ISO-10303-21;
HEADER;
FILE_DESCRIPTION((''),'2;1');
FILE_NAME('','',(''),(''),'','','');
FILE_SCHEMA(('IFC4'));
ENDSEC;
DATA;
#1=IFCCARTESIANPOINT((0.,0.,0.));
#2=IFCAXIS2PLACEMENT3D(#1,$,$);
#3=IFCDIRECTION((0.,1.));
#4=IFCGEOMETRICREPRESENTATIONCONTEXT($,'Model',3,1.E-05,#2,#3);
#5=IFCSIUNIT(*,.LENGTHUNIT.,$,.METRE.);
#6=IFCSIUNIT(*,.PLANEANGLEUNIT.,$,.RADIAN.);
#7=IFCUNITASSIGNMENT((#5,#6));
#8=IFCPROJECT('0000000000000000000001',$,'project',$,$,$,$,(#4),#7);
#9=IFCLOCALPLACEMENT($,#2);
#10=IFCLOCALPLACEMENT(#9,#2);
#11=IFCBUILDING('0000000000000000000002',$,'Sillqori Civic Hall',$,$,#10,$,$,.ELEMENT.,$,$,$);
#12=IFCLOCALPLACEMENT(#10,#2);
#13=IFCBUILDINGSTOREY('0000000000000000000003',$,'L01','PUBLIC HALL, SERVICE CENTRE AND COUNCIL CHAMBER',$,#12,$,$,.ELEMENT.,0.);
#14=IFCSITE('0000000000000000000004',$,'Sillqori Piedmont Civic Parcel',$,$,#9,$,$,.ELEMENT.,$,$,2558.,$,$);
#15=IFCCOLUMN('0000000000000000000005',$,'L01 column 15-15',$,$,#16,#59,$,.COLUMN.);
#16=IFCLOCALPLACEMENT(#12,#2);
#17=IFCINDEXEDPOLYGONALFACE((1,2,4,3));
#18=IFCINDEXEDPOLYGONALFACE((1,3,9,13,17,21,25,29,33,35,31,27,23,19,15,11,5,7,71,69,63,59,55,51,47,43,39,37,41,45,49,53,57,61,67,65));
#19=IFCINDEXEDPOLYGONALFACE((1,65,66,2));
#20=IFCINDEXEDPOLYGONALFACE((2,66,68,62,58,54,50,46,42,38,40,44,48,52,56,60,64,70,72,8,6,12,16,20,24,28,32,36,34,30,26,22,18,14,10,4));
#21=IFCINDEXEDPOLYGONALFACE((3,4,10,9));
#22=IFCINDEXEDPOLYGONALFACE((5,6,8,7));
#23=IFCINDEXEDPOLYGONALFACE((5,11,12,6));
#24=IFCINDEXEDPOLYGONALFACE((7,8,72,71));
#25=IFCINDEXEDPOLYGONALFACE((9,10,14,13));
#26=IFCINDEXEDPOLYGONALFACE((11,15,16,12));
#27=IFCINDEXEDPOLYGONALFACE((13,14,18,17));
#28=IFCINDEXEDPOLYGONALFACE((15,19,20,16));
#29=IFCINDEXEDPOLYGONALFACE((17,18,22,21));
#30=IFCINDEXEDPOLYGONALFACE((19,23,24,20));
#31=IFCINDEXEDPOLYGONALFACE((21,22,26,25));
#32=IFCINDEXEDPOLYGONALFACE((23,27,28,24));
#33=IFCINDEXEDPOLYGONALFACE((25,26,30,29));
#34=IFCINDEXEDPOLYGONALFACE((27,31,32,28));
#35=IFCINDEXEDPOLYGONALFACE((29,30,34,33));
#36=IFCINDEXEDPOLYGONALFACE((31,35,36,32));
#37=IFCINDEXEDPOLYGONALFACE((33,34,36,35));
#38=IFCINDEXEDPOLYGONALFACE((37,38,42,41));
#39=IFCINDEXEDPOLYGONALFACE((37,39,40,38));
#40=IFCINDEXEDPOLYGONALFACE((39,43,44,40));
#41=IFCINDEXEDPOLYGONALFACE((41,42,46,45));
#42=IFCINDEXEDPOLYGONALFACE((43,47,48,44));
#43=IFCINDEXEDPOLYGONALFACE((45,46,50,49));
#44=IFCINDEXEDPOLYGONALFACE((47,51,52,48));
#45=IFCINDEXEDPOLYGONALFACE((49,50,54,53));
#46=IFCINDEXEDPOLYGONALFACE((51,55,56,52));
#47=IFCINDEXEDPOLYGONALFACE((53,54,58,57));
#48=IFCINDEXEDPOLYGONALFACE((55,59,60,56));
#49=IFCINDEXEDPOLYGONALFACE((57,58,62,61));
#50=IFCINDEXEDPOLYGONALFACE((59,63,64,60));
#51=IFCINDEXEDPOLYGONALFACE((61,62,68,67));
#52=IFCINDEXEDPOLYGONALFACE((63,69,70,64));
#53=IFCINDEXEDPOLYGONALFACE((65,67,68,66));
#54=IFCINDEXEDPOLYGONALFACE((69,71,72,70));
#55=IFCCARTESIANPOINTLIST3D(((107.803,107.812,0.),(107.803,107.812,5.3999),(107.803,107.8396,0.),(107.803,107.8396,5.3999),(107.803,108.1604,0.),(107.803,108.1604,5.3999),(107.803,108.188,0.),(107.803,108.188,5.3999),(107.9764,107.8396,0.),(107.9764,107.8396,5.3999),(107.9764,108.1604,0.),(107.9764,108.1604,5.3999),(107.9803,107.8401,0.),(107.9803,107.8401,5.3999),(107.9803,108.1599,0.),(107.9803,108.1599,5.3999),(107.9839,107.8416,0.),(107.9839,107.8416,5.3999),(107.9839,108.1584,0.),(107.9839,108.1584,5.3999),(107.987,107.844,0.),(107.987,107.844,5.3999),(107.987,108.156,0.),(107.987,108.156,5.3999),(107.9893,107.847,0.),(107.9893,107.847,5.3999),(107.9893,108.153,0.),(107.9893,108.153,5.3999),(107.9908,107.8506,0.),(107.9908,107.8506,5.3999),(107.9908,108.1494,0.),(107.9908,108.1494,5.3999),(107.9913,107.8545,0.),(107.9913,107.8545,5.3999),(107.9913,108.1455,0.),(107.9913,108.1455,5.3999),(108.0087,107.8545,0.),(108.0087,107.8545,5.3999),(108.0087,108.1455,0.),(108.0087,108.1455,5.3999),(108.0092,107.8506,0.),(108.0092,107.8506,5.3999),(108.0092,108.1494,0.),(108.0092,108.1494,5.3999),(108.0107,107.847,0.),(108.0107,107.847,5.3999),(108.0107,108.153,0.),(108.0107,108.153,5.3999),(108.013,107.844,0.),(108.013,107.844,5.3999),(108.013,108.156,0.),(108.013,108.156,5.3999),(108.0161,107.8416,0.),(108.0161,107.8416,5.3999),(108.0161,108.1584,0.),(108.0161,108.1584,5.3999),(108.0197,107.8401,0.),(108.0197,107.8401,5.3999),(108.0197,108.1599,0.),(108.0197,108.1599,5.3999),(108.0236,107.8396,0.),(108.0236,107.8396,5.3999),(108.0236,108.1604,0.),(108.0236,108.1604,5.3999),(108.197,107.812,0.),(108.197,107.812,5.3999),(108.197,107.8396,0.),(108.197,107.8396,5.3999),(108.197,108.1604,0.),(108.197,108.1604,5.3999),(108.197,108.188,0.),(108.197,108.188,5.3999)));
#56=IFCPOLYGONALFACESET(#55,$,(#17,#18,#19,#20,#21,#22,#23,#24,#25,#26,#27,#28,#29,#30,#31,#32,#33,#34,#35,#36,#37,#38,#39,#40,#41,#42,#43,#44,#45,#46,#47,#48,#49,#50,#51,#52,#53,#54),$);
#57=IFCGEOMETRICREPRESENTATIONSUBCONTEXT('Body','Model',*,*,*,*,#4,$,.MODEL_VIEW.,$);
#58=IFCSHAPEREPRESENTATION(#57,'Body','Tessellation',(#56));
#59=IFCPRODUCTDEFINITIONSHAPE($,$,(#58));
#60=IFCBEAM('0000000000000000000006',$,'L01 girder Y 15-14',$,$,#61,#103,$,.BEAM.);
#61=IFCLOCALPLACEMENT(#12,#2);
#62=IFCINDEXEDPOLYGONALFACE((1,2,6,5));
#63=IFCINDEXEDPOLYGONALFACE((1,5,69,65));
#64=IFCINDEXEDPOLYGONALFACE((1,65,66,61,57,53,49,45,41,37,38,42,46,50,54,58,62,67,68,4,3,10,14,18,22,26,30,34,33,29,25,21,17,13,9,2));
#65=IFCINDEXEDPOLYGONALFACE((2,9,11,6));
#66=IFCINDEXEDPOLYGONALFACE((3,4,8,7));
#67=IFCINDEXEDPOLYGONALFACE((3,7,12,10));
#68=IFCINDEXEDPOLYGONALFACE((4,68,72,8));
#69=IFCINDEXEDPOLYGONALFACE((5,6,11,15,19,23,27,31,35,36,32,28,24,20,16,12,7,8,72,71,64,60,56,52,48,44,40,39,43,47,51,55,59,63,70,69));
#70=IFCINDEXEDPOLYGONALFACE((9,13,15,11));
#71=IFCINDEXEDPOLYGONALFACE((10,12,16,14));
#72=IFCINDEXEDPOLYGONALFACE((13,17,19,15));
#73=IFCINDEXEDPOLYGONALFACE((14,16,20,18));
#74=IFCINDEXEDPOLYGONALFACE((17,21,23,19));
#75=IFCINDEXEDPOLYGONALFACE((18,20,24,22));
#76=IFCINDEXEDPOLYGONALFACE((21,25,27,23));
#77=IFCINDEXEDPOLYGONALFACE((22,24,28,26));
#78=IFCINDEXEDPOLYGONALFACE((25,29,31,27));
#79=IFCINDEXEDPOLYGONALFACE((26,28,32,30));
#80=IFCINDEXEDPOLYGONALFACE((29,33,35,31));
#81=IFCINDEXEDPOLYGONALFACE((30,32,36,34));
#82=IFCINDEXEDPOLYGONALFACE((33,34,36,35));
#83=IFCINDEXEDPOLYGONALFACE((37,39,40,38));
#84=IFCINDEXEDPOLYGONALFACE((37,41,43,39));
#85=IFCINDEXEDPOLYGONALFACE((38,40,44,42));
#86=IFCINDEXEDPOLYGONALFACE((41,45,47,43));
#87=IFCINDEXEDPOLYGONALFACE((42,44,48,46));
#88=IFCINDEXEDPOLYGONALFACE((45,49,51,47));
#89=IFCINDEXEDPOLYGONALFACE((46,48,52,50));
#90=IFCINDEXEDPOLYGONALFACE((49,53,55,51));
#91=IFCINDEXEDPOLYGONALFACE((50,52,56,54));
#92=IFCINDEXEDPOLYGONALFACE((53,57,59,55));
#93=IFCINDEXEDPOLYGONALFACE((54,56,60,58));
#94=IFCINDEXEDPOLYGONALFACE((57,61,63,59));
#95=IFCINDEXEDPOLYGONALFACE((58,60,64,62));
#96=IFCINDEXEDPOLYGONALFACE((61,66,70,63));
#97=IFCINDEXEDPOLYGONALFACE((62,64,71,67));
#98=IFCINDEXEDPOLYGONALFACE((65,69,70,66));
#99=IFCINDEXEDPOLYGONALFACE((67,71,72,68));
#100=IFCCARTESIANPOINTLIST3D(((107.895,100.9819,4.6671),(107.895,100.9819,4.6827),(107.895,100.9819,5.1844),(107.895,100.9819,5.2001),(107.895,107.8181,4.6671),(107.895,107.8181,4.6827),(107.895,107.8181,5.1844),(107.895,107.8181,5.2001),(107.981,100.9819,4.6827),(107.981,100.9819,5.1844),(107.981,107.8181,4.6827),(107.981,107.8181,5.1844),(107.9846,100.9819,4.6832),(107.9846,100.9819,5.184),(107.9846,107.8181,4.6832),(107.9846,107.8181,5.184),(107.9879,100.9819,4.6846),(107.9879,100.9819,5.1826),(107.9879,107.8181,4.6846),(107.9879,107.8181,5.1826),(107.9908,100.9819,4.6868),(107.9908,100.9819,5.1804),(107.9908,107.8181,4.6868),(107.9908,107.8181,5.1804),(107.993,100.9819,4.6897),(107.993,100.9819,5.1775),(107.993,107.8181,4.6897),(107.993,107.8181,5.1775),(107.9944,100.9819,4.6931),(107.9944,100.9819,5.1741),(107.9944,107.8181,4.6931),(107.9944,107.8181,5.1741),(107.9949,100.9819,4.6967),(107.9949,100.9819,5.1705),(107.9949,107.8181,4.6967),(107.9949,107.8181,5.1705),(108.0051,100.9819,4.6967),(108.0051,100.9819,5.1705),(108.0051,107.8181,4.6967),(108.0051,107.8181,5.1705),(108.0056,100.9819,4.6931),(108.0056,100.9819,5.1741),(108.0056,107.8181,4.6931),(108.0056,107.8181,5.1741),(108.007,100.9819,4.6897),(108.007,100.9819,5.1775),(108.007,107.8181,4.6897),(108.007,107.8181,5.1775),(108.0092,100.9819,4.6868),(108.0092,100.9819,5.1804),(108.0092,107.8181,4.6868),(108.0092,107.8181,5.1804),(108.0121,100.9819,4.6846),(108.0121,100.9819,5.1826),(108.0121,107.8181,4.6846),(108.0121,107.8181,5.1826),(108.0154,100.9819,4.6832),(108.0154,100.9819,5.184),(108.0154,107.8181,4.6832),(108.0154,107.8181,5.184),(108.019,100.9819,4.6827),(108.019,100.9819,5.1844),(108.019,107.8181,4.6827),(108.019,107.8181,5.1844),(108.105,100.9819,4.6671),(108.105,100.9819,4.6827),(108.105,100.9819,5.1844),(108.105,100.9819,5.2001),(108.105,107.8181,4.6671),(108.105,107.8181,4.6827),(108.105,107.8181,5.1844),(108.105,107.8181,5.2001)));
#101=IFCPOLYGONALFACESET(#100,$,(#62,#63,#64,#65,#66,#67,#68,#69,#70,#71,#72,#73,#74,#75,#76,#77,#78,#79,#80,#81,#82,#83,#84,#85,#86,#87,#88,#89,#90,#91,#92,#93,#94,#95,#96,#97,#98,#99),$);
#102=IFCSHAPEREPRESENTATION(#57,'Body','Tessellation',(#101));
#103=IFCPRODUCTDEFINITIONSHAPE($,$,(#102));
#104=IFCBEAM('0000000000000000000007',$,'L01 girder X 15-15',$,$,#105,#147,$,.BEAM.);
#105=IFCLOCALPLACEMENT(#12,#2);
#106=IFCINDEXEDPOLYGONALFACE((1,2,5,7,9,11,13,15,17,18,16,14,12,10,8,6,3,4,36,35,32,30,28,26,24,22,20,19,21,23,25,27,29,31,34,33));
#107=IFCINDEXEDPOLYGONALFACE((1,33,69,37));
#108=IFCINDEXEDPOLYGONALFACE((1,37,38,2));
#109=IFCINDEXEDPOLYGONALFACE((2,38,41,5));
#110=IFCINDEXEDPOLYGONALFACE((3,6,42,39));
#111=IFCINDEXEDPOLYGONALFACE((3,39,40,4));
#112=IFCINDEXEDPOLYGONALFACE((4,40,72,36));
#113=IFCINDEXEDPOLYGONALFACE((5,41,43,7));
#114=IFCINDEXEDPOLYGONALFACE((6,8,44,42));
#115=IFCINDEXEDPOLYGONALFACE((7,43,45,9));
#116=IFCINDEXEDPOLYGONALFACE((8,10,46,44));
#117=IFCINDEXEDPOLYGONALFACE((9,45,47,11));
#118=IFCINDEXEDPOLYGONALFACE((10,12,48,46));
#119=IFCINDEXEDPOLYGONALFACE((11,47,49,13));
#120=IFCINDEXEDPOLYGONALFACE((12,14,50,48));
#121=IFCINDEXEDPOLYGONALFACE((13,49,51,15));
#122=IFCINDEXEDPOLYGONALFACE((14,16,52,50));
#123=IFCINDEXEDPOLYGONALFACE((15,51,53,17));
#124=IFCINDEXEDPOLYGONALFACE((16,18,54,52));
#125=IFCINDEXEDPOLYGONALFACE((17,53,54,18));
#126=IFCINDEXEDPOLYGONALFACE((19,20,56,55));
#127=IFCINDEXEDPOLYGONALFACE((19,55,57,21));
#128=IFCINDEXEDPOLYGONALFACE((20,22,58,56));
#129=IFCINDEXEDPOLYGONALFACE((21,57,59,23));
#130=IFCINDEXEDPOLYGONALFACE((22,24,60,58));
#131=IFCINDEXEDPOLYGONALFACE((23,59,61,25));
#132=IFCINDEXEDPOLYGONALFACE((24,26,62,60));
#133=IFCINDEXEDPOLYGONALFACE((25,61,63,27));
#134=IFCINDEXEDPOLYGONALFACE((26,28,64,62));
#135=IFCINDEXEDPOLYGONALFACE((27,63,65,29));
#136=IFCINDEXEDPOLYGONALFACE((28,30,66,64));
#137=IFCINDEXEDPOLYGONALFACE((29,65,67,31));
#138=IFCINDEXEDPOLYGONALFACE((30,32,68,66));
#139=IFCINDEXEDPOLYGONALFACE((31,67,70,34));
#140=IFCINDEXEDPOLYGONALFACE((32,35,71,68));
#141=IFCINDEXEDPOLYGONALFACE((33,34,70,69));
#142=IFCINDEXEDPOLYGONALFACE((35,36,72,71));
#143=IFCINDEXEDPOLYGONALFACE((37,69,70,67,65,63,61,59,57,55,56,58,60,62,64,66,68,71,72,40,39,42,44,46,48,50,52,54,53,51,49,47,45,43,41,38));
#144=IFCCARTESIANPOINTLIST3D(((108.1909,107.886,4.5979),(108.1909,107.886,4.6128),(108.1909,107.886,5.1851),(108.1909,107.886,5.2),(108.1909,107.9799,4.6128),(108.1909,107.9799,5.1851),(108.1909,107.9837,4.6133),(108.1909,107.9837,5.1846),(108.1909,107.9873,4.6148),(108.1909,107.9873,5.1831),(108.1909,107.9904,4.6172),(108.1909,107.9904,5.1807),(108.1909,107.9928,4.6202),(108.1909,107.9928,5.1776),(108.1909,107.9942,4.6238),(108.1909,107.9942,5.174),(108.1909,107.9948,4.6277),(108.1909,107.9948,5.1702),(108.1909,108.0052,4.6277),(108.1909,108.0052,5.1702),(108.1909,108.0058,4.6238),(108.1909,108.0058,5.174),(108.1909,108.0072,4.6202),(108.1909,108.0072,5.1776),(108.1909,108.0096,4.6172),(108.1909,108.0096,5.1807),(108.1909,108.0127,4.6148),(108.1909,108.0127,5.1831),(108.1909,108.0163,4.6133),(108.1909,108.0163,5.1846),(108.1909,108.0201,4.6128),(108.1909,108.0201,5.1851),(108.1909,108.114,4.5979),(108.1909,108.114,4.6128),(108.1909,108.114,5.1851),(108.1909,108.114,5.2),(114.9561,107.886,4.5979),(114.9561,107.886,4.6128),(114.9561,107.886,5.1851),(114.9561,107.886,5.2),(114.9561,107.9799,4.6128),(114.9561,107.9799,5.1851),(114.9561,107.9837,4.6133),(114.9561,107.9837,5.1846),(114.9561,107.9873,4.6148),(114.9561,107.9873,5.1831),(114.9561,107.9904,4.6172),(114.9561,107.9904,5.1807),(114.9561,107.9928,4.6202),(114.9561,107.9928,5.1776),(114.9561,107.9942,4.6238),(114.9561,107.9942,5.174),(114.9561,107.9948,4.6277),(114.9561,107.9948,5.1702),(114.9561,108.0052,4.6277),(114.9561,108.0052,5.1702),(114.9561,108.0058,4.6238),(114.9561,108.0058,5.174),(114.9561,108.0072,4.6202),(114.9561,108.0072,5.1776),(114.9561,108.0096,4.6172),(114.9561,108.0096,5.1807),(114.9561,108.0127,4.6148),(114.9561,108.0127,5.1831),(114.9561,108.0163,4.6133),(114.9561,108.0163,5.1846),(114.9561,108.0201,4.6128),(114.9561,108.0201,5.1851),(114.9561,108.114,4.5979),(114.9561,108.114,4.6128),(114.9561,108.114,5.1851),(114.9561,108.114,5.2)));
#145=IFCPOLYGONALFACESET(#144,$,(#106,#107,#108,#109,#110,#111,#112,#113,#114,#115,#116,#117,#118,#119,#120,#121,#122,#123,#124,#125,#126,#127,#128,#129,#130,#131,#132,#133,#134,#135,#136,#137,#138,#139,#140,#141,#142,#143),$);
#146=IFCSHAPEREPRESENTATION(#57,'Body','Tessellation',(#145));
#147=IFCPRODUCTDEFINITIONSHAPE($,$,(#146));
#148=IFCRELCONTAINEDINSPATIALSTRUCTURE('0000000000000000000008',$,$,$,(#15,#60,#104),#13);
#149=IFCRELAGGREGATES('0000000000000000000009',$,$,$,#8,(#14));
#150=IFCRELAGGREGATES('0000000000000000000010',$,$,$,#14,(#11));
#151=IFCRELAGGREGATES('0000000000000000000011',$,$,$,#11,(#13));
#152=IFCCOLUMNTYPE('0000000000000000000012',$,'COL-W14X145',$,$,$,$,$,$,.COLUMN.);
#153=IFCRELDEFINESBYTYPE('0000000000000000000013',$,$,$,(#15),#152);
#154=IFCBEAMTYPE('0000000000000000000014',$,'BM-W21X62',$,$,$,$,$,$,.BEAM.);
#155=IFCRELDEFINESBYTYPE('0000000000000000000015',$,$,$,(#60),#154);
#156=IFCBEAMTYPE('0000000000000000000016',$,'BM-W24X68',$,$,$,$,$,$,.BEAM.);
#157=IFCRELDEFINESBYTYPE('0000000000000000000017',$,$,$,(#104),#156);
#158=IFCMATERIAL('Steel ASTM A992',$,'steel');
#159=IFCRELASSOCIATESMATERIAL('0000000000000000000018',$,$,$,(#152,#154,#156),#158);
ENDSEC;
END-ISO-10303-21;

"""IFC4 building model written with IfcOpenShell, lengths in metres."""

from ifc_helpers import new_model, si_unit, direction, frame, origin, origin_2d, place, context, subcontext, project, spatial, i_section, extrude, material, material_profile, profile_set, type_object, element, save


model = new_model("IFC4")

# Units and contexts
model_context = context("Model", 3, precision=1e-05, world=origin(), true_north=direction((0.0, 1.0)))
body_context = subcontext(model_context, "Body", "Model", "MODEL_VIEW")
ifc_project = project(units=[si_unit("LENGTHUNIT", "METRE"), si_unit("PLANEANGLEUNIT", "RADIAN")], contexts=[model_context])

# Site, building, storey
site_placement = place(None, origin())
site = spatial("IfcSite", under=ifc_project, at=site_placement, Name="Sillqori Piedmont Civic Parcel", CompositionType="ELEMENT", RefElevation=2558.0)
building_placement = place(site_placement, origin())
building = spatial("IfcBuilding", under=site, at=building_placement, Name="Sillqori Civic Hall", CompositionType="ELEMENT")
storey_placement = place(building_placement, origin())
storey = spatial("IfcBuildingStorey", under=building, at=storey_placement, Name="L01", Description="PUBLIC HALL, SERVICE CENTRE AND COUNCIL CHAMBER", CompositionType="ELEMENT", Elevation=0.0)

# Column
ifc_material_1 = material(Name="Steel ASTM A992", Category="steel")
ifc_material_profile_1 = material_profile(ifc_material_1, i_section(OverallWidth=0.394, OverallDepth=0.376, WebThickness=0.0173, FlangeThickness=0.0276, FilletRadius=0.0149, at=origin_2d()), Name="W14X145")
ifc_profile_set_1 = profile_set([ifc_material_profile_1], Name="Steel ASTM A992")
column_type = type_object("IfcColumnType", Name="COL-W14X145", PredefinedType="COLUMN", material=ifc_profile_set_1)
column_placement = place(storey_placement, frame((108.0, 108.0, 0.0), z_axis=(0.0, 0.0, 1.0), x_axis=(1.0, 0.0, 0.0)))
element("IfcColumn", 1, at=column_placement, inside=storey, type_object=column_type, Name="L01 column 15-15", PredefinedType="COLUMN", context=body_context, shape_type="SweptSolid", body=[
    extrude(i_section(OverallWidth=0.394, OverallDepth=0.376, WebThickness=0.0173, FlangeThickness=0.0276, FilletRadius=0.0149, at=origin_2d()), origin(), (0.0, 0.0, 1.0), 5.3999),
])

# Beams
ifc_material_profile_2 = material_profile(ifc_material_1, i_section(OverallWidth=0.21, OverallDepth=0.533, WebThickness=0.0103, FlangeThickness=0.0156, FilletRadius=0.0139, at=origin_2d()), Name="W21X62")
ifc_profile_set_2 = profile_set([ifc_material_profile_2], Name="Steel ASTM A992")
beam_type_1 = type_object("IfcBeamType", Name="BM-W21X62", PredefinedType="BEAM", material=ifc_profile_set_2)
beam_1_placement = place(storey_placement, frame((108.0, 100.9819, 4.9336), z_axis=(0.0, 1.0, 0.0), x_axis=(-1.0, 0.0, 0.0)))
element("IfcBeam", 2, at=beam_1_placement, inside=storey, type_object=beam_type_1, Name="L01 girder Y 15-14", PredefinedType="BEAM", context=body_context, shape_type="SweptSolid", body=[
    extrude(i_section(OverallWidth=0.21, OverallDepth=0.533, WebThickness=0.0103, FlangeThickness=0.0156, FilletRadius=0.0139, at=origin_2d()), origin(), (0.0, 0.0, 1.0), 6.8362),
])
ifc_material_profile_3 = material_profile(ifc_material_1, i_section(OverallWidth=0.228, OverallDepth=0.6021, WebThickness=0.0105, FlangeThickness=0.0149, FilletRadius=0.0149, at=origin_2d()), Name="W24X68")
ifc_profile_set_3 = profile_set([ifc_material_profile_3], Name="Steel ASTM A992")
beam_type_2 = type_object("IfcBeamType", Name="BM-W24X68", PredefinedType="BEAM", material=ifc_profile_set_3)
beam_2_placement = place(storey_placement, frame((108.1909, 108.0, 4.8989), z_axis=(1.0, 0.0, 0.0), x_axis=(0.0, 1.0, 0.0)))
element("IfcBeam", 3, at=beam_2_placement, inside=storey, type_object=beam_type_2, Name="L01 girder X 15-15", PredefinedType="BEAM", context=body_context, shape_type="SweptSolid", body=[
    extrude(i_section(OverallWidth=0.228, OverallDepth=0.6021, WebThickness=0.0105, FlangeThickness=0.0149, FilletRadius=0.0149, at=origin_2d()), origin(), (0.0, 0.0, 1.0), 6.7651),
])

save(model, "model.ifc")
